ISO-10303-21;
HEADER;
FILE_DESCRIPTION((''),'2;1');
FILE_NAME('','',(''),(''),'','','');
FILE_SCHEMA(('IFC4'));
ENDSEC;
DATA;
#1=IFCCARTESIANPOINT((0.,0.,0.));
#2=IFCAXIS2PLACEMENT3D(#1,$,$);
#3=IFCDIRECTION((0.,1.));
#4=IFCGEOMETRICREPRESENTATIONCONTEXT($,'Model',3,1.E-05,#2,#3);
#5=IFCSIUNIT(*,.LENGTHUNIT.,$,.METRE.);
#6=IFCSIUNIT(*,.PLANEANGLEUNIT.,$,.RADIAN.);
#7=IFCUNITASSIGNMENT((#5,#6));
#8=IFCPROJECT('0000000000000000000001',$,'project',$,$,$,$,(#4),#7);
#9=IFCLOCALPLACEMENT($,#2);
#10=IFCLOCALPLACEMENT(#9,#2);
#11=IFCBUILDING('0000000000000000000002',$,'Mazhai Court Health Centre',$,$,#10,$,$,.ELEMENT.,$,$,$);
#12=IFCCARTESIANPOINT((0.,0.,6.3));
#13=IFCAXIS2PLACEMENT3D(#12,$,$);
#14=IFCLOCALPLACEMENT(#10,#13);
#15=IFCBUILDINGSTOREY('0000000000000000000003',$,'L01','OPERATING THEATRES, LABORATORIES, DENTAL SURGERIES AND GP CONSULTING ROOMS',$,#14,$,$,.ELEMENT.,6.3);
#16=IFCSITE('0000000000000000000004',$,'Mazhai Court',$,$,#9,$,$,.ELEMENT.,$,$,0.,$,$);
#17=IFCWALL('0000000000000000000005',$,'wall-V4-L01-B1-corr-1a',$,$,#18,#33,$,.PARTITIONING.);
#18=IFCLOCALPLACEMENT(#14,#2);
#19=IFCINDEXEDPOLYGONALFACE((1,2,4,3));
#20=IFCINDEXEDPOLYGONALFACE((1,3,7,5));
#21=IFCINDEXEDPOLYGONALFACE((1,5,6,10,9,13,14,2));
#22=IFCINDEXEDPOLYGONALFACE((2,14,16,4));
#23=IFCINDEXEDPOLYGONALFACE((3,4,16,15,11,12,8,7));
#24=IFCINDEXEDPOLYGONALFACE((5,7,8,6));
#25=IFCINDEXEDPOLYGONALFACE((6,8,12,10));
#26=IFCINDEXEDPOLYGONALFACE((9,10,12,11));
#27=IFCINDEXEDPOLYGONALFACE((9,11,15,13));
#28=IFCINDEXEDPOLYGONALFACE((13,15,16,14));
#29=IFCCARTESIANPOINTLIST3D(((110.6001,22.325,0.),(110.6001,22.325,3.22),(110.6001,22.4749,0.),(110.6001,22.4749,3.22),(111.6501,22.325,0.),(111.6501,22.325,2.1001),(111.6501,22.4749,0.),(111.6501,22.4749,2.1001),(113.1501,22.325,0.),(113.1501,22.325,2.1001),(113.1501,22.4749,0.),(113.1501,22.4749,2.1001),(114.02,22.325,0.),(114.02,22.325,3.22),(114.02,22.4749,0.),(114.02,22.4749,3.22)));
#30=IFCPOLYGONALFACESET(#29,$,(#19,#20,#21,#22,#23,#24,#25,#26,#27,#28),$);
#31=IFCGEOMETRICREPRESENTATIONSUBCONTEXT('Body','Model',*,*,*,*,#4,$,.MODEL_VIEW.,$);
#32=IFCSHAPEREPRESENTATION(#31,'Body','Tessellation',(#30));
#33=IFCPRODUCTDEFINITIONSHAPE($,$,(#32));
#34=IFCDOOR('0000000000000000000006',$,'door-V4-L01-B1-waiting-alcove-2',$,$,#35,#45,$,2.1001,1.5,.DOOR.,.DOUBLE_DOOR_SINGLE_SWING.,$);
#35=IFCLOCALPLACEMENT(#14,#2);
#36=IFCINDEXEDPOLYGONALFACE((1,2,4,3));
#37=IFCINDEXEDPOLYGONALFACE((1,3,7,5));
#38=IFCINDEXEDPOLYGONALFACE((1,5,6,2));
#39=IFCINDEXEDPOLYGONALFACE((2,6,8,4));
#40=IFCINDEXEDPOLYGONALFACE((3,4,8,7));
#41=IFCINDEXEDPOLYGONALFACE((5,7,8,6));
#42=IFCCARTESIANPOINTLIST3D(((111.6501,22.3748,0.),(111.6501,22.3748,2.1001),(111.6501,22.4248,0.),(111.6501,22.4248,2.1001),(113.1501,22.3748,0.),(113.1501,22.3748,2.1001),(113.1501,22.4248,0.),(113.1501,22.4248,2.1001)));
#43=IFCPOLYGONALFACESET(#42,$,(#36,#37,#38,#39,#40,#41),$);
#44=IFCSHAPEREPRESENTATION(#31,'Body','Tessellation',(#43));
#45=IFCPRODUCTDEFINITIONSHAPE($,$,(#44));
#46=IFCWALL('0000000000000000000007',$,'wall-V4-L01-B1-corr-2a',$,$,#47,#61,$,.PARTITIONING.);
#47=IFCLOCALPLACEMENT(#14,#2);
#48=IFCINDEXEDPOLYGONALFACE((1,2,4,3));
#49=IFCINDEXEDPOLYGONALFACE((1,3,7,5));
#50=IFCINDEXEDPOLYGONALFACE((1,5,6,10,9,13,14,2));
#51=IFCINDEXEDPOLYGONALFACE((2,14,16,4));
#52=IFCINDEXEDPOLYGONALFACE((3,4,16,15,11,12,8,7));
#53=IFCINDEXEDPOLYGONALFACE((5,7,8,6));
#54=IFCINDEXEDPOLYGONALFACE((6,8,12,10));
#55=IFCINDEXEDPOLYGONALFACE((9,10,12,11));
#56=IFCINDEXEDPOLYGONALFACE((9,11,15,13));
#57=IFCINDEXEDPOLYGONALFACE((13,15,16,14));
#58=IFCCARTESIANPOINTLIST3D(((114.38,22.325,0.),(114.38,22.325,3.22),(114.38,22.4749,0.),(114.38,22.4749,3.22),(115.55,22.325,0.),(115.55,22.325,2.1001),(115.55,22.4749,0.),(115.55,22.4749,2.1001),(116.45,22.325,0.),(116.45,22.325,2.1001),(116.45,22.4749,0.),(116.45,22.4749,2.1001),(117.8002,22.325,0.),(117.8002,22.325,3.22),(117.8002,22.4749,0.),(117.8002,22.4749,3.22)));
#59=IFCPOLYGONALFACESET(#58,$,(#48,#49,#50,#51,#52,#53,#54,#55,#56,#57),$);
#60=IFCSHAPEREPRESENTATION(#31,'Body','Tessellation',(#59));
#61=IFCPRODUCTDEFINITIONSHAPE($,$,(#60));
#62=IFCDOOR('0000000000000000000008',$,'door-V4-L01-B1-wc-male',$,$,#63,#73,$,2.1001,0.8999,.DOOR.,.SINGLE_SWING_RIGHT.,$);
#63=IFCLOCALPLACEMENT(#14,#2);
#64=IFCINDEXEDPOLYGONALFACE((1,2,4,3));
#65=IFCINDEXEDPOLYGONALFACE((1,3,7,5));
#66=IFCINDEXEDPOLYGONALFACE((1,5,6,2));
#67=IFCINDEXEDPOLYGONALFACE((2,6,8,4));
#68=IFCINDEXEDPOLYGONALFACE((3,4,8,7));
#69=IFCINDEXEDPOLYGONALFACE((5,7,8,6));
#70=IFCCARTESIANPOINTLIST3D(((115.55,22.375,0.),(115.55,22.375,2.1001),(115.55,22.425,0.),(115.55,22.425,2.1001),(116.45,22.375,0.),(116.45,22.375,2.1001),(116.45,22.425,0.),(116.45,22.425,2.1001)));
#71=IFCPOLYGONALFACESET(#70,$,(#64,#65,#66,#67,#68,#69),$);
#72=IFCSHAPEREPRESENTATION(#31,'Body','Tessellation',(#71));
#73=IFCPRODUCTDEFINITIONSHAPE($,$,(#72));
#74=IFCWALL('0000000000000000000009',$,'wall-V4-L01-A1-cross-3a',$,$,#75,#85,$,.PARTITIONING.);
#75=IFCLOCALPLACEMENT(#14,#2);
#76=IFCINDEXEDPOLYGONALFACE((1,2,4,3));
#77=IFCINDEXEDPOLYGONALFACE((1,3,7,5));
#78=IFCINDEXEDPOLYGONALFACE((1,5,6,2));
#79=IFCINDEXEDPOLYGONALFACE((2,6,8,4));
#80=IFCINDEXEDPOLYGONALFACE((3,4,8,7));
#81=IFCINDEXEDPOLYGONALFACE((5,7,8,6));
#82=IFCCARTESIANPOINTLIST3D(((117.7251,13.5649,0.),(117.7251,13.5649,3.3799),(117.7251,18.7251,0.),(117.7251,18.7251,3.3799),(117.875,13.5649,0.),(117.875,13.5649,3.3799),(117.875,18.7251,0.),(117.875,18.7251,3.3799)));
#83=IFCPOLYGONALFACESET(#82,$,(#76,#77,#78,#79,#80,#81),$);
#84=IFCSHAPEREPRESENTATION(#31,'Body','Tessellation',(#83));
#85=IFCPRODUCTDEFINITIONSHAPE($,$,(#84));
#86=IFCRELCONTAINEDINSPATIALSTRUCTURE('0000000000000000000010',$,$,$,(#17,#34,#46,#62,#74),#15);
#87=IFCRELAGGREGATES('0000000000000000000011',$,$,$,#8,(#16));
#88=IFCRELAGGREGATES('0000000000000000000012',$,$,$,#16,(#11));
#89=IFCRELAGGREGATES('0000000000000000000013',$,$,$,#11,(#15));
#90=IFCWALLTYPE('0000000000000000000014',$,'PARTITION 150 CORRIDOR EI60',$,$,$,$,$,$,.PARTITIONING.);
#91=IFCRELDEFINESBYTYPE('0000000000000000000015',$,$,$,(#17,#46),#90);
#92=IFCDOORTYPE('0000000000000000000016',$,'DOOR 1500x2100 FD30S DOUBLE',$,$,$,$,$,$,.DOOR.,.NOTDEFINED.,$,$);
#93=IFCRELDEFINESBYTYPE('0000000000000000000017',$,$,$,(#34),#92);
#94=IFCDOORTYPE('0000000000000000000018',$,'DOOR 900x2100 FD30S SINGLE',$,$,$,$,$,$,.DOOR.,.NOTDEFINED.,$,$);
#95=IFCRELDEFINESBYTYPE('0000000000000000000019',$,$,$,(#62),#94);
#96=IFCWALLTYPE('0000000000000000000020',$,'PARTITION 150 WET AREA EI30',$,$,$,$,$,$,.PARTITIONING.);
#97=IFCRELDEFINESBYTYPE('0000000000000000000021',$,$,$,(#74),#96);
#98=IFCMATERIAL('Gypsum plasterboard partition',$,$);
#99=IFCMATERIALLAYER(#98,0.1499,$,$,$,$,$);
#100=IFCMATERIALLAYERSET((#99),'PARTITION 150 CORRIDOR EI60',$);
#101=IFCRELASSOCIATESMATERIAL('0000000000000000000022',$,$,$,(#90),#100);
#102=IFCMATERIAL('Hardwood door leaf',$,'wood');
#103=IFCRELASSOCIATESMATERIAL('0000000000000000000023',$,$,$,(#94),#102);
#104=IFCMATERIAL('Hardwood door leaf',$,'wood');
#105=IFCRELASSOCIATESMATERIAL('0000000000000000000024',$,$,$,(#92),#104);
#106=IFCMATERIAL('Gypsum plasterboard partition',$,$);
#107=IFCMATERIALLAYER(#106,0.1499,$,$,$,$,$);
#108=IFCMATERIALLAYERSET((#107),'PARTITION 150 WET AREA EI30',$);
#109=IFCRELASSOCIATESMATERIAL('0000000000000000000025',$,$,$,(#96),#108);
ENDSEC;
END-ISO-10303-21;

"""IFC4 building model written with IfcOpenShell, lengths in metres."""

from ifc_helpers import new_model, si_unit, direction, frame, frame_2d, origin, place, context, subcontext, project, spatial, rectangle, extrude, material, layer, layer_set, type_object, element, fill, save


model = new_model("IFC4")

# Units and contexts
model_context = context("Model", 3, precision=1e-05, world=origin(), true_north=direction((0.0, 1.0)))
body_context = subcontext(model_context, "Body", "Model", "MODEL_VIEW")
ifc_project = project(units=[si_unit("LENGTHUNIT", "METRE"), si_unit("PLANEANGLEUNIT", "RADIAN")], contexts=[model_context])

# Site, building, storey
site_placement = place(None, origin())
site = spatial("IfcSite", under=ifc_project, at=site_placement, Name="Mazhai Court", CompositionType="ELEMENT", RefElevation=0.0)
building_placement = place(site_placement, origin())
building = spatial("IfcBuilding", under=site, at=building_placement, Name="Mazhai Court Health Centre", CompositionType="ELEMENT")
storey_placement = place(building_placement, frame((0.0, 0.0, 6.3)))
storey = spatial("IfcBuildingStorey", under=building, at=storey_placement, Name="L01", Description="OPERATING THEATRES, LABORATORIES, DENTAL SURGERIES AND GP CONSULTING ROOMS", CompositionType="ELEMENT", Elevation=6.3)

# Walls, openings, doors
ifc_material_1 = material(Name="Gypsum plasterboard partition")
ifc_layer_1 = layer(ifc_material_1, 0.1499)
ifc_layer_set_1 = layer_set([ifc_layer_1], Name="PARTITION 150 CORRIDOR EI60")
wall_type_1 = type_object("IfcWallType", Name="PARTITION 150 CORRIDOR EI60", PredefinedType="PARTITIONING", material=ifc_layer_set_1)
ifc_material_2 = material(Name="Hardwood door leaf", Category="wood")
door_type_1 = type_object("IfcDoorType", Name="DOOR 900x2100 FD30S SINGLE", OperationType="NOTDEFINED", PredefinedType="DOOR", material=ifc_material_2)
wall_1_placement = place(storey_placement, frame((110.6001, 22.3999, 0.0), z_axis=(0.0, 0.0, 1.0), x_axis=(1.0, 0.0, 0.0)))
wall_1 = element("IfcWall", 1, at=wall_1_placement, inside=storey, type_object=wall_type_1, Name="wall-V4-L01-B1-corr-1a", PredefinedType="PARTITIONING", context=body_context, shape_type="SweptSolid", body=[
    extrude(rectangle(XDim=3.4199, YDim=0.1499, at=frame_2d((1.71, 0.0))), origin(), (0.0, 0.0, 1.0), 3.22),
])
opening_1_placement = place(wall_1_placement, frame((1.05, 0.0, 0.0)))
opening_1 = element("IfcOpeningElement", 2, at=opening_1_placement, cuts=wall_1, PredefinedType="OPENING", context=body_context, shape_type="SweptSolid", body=[
    extrude(rectangle(XDim=1.5, YDim=2.1001, at=frame_2d((0.75, 1.05))), frame((0.0, 0.085, 0.0), z_axis=(0.0, -1.0, 0.0), x_axis=(1.0, 0.0, 0.0)), (0.0, 0.0, 1.0), 0.1699),
])
ifc_material_3 = material(Name="Hardwood door leaf", Category="wood")
door_type_2 = type_object("IfcDoorType", Name="DOOR 1500x2100 FD30S DOUBLE", OperationType="NOTDEFINED", PredefinedType="DOOR", material=ifc_material_3)
door_1_placement = place(opening_1_placement, origin())
door_1 = element("IfcDoor", 3, at=door_1_placement, inside=storey, type_object=door_type_2, Name="door-V4-L01-B1-waiting-alcove-2", OperationType="DOUBLE_DOOR_SINGLE_SWING", OverallHeight=2.1001, OverallWidth=1.5, PredefinedType="DOOR", context=body_context, shape_type="SweptSolid", body=[
    extrude(rectangle(XDim=1.5, YDim=2.1001, at=frame_2d((0.75, 1.05))), frame((0.0, 0.0249, 0.0), z_axis=(0.0, -1.0, 0.0), x_axis=(1.0, 0.0, 0.0)), (0.0, 0.0, 1.0), 0.05),
])
fill(opening_1, door_1)
wall_2_placement = place(storey_placement, frame((117.8, 22.3999, 0.0), z_axis=(0.0, 0.0, 1.0), x_axis=(-1.0, 0.0, 0.0)))
wall_2 = element("IfcWall", 4, at=wall_2_placement, inside=storey, type_object=wall_type_1, Name="wall-V4-L01-B1-corr-2a", PredefinedType="PARTITIONING", context=body_context, shape_type="SweptSolid", body=[
    extrude(rectangle(XDim=3.4202, YDim=0.1499, at=frame_2d((1.71, 0.0))), origin(), (0.0, 0.0, 1.0), 3.22),
])
opening_2_placement = place(wall_2_placement, frame((1.3501, 0.0, 0.0)))
opening_2 = element("IfcOpeningElement", 5, at=opening_2_placement, cuts=wall_2, PredefinedType="OPENING", context=body_context, shape_type="SweptSolid", body=[
    extrude(rectangle(XDim=0.8999, YDim=2.1001, at=frame_2d((0.45, 1.05))), frame((0.0, 0.085, 0.0), z_axis=(0.0, -1.0, 0.0), x_axis=(1.0, 0.0, 0.0)), (0.0, 0.0, 1.0), 0.1699),
])
door_2_placement = place(opening_2_placement, origin())
door_2 = element("IfcDoor", 6, at=door_2_placement, inside=storey, type_object=door_type_1, Name="door-V4-L01-B1-wc-male", OperationType="SINGLE_SWING_RIGHT", OverallHeight=2.1001, OverallWidth=0.8999, PredefinedType="DOOR", context=body_context, shape_type="SweptSolid", body=[
    extrude(rectangle(XDim=0.8999, YDim=2.1001, at=frame_2d((0.45, 1.05))), frame((0.0, 0.0249, 0.0), z_axis=(0.0, -1.0, 0.0), x_axis=(1.0, 0.0, 0.0)), (0.0, 0.0, 1.0), 0.05),
])
fill(opening_2, door_2)

# Wall
ifc_material_4 = material(Name="Gypsum plasterboard partition")
ifc_layer_2 = layer(ifc_material_4, 0.1499)
ifc_layer_set_2 = layer_set([ifc_layer_2], Name="PARTITION 150 WET AREA EI30")
wall_type_2 = type_object("IfcWallType", Name="PARTITION 150 WET AREA EI30", PredefinedType="PARTITIONING", material=ifc_layer_set_2)
wall_3_placement = place(storey_placement, frame((117.8, 13.5649, 0.0), z_axis=(0.0, 0.0, 1.0), x_axis=(0.0, 1.0, 0.0)))
element("IfcWall", 7, at=wall_3_placement, inside=storey, type_object=wall_type_2, Name="wall-V4-L01-A1-cross-3a", PredefinedType="PARTITIONING", context=body_context, shape_type="SweptSolid", body=[
    extrude(rectangle(XDim=5.1602, YDim=0.1499, at=frame_2d((2.5801, 0.0))), origin(), (0.0, 0.0, 1.0), 3.3799),
])

save(model, "model.ifc")
